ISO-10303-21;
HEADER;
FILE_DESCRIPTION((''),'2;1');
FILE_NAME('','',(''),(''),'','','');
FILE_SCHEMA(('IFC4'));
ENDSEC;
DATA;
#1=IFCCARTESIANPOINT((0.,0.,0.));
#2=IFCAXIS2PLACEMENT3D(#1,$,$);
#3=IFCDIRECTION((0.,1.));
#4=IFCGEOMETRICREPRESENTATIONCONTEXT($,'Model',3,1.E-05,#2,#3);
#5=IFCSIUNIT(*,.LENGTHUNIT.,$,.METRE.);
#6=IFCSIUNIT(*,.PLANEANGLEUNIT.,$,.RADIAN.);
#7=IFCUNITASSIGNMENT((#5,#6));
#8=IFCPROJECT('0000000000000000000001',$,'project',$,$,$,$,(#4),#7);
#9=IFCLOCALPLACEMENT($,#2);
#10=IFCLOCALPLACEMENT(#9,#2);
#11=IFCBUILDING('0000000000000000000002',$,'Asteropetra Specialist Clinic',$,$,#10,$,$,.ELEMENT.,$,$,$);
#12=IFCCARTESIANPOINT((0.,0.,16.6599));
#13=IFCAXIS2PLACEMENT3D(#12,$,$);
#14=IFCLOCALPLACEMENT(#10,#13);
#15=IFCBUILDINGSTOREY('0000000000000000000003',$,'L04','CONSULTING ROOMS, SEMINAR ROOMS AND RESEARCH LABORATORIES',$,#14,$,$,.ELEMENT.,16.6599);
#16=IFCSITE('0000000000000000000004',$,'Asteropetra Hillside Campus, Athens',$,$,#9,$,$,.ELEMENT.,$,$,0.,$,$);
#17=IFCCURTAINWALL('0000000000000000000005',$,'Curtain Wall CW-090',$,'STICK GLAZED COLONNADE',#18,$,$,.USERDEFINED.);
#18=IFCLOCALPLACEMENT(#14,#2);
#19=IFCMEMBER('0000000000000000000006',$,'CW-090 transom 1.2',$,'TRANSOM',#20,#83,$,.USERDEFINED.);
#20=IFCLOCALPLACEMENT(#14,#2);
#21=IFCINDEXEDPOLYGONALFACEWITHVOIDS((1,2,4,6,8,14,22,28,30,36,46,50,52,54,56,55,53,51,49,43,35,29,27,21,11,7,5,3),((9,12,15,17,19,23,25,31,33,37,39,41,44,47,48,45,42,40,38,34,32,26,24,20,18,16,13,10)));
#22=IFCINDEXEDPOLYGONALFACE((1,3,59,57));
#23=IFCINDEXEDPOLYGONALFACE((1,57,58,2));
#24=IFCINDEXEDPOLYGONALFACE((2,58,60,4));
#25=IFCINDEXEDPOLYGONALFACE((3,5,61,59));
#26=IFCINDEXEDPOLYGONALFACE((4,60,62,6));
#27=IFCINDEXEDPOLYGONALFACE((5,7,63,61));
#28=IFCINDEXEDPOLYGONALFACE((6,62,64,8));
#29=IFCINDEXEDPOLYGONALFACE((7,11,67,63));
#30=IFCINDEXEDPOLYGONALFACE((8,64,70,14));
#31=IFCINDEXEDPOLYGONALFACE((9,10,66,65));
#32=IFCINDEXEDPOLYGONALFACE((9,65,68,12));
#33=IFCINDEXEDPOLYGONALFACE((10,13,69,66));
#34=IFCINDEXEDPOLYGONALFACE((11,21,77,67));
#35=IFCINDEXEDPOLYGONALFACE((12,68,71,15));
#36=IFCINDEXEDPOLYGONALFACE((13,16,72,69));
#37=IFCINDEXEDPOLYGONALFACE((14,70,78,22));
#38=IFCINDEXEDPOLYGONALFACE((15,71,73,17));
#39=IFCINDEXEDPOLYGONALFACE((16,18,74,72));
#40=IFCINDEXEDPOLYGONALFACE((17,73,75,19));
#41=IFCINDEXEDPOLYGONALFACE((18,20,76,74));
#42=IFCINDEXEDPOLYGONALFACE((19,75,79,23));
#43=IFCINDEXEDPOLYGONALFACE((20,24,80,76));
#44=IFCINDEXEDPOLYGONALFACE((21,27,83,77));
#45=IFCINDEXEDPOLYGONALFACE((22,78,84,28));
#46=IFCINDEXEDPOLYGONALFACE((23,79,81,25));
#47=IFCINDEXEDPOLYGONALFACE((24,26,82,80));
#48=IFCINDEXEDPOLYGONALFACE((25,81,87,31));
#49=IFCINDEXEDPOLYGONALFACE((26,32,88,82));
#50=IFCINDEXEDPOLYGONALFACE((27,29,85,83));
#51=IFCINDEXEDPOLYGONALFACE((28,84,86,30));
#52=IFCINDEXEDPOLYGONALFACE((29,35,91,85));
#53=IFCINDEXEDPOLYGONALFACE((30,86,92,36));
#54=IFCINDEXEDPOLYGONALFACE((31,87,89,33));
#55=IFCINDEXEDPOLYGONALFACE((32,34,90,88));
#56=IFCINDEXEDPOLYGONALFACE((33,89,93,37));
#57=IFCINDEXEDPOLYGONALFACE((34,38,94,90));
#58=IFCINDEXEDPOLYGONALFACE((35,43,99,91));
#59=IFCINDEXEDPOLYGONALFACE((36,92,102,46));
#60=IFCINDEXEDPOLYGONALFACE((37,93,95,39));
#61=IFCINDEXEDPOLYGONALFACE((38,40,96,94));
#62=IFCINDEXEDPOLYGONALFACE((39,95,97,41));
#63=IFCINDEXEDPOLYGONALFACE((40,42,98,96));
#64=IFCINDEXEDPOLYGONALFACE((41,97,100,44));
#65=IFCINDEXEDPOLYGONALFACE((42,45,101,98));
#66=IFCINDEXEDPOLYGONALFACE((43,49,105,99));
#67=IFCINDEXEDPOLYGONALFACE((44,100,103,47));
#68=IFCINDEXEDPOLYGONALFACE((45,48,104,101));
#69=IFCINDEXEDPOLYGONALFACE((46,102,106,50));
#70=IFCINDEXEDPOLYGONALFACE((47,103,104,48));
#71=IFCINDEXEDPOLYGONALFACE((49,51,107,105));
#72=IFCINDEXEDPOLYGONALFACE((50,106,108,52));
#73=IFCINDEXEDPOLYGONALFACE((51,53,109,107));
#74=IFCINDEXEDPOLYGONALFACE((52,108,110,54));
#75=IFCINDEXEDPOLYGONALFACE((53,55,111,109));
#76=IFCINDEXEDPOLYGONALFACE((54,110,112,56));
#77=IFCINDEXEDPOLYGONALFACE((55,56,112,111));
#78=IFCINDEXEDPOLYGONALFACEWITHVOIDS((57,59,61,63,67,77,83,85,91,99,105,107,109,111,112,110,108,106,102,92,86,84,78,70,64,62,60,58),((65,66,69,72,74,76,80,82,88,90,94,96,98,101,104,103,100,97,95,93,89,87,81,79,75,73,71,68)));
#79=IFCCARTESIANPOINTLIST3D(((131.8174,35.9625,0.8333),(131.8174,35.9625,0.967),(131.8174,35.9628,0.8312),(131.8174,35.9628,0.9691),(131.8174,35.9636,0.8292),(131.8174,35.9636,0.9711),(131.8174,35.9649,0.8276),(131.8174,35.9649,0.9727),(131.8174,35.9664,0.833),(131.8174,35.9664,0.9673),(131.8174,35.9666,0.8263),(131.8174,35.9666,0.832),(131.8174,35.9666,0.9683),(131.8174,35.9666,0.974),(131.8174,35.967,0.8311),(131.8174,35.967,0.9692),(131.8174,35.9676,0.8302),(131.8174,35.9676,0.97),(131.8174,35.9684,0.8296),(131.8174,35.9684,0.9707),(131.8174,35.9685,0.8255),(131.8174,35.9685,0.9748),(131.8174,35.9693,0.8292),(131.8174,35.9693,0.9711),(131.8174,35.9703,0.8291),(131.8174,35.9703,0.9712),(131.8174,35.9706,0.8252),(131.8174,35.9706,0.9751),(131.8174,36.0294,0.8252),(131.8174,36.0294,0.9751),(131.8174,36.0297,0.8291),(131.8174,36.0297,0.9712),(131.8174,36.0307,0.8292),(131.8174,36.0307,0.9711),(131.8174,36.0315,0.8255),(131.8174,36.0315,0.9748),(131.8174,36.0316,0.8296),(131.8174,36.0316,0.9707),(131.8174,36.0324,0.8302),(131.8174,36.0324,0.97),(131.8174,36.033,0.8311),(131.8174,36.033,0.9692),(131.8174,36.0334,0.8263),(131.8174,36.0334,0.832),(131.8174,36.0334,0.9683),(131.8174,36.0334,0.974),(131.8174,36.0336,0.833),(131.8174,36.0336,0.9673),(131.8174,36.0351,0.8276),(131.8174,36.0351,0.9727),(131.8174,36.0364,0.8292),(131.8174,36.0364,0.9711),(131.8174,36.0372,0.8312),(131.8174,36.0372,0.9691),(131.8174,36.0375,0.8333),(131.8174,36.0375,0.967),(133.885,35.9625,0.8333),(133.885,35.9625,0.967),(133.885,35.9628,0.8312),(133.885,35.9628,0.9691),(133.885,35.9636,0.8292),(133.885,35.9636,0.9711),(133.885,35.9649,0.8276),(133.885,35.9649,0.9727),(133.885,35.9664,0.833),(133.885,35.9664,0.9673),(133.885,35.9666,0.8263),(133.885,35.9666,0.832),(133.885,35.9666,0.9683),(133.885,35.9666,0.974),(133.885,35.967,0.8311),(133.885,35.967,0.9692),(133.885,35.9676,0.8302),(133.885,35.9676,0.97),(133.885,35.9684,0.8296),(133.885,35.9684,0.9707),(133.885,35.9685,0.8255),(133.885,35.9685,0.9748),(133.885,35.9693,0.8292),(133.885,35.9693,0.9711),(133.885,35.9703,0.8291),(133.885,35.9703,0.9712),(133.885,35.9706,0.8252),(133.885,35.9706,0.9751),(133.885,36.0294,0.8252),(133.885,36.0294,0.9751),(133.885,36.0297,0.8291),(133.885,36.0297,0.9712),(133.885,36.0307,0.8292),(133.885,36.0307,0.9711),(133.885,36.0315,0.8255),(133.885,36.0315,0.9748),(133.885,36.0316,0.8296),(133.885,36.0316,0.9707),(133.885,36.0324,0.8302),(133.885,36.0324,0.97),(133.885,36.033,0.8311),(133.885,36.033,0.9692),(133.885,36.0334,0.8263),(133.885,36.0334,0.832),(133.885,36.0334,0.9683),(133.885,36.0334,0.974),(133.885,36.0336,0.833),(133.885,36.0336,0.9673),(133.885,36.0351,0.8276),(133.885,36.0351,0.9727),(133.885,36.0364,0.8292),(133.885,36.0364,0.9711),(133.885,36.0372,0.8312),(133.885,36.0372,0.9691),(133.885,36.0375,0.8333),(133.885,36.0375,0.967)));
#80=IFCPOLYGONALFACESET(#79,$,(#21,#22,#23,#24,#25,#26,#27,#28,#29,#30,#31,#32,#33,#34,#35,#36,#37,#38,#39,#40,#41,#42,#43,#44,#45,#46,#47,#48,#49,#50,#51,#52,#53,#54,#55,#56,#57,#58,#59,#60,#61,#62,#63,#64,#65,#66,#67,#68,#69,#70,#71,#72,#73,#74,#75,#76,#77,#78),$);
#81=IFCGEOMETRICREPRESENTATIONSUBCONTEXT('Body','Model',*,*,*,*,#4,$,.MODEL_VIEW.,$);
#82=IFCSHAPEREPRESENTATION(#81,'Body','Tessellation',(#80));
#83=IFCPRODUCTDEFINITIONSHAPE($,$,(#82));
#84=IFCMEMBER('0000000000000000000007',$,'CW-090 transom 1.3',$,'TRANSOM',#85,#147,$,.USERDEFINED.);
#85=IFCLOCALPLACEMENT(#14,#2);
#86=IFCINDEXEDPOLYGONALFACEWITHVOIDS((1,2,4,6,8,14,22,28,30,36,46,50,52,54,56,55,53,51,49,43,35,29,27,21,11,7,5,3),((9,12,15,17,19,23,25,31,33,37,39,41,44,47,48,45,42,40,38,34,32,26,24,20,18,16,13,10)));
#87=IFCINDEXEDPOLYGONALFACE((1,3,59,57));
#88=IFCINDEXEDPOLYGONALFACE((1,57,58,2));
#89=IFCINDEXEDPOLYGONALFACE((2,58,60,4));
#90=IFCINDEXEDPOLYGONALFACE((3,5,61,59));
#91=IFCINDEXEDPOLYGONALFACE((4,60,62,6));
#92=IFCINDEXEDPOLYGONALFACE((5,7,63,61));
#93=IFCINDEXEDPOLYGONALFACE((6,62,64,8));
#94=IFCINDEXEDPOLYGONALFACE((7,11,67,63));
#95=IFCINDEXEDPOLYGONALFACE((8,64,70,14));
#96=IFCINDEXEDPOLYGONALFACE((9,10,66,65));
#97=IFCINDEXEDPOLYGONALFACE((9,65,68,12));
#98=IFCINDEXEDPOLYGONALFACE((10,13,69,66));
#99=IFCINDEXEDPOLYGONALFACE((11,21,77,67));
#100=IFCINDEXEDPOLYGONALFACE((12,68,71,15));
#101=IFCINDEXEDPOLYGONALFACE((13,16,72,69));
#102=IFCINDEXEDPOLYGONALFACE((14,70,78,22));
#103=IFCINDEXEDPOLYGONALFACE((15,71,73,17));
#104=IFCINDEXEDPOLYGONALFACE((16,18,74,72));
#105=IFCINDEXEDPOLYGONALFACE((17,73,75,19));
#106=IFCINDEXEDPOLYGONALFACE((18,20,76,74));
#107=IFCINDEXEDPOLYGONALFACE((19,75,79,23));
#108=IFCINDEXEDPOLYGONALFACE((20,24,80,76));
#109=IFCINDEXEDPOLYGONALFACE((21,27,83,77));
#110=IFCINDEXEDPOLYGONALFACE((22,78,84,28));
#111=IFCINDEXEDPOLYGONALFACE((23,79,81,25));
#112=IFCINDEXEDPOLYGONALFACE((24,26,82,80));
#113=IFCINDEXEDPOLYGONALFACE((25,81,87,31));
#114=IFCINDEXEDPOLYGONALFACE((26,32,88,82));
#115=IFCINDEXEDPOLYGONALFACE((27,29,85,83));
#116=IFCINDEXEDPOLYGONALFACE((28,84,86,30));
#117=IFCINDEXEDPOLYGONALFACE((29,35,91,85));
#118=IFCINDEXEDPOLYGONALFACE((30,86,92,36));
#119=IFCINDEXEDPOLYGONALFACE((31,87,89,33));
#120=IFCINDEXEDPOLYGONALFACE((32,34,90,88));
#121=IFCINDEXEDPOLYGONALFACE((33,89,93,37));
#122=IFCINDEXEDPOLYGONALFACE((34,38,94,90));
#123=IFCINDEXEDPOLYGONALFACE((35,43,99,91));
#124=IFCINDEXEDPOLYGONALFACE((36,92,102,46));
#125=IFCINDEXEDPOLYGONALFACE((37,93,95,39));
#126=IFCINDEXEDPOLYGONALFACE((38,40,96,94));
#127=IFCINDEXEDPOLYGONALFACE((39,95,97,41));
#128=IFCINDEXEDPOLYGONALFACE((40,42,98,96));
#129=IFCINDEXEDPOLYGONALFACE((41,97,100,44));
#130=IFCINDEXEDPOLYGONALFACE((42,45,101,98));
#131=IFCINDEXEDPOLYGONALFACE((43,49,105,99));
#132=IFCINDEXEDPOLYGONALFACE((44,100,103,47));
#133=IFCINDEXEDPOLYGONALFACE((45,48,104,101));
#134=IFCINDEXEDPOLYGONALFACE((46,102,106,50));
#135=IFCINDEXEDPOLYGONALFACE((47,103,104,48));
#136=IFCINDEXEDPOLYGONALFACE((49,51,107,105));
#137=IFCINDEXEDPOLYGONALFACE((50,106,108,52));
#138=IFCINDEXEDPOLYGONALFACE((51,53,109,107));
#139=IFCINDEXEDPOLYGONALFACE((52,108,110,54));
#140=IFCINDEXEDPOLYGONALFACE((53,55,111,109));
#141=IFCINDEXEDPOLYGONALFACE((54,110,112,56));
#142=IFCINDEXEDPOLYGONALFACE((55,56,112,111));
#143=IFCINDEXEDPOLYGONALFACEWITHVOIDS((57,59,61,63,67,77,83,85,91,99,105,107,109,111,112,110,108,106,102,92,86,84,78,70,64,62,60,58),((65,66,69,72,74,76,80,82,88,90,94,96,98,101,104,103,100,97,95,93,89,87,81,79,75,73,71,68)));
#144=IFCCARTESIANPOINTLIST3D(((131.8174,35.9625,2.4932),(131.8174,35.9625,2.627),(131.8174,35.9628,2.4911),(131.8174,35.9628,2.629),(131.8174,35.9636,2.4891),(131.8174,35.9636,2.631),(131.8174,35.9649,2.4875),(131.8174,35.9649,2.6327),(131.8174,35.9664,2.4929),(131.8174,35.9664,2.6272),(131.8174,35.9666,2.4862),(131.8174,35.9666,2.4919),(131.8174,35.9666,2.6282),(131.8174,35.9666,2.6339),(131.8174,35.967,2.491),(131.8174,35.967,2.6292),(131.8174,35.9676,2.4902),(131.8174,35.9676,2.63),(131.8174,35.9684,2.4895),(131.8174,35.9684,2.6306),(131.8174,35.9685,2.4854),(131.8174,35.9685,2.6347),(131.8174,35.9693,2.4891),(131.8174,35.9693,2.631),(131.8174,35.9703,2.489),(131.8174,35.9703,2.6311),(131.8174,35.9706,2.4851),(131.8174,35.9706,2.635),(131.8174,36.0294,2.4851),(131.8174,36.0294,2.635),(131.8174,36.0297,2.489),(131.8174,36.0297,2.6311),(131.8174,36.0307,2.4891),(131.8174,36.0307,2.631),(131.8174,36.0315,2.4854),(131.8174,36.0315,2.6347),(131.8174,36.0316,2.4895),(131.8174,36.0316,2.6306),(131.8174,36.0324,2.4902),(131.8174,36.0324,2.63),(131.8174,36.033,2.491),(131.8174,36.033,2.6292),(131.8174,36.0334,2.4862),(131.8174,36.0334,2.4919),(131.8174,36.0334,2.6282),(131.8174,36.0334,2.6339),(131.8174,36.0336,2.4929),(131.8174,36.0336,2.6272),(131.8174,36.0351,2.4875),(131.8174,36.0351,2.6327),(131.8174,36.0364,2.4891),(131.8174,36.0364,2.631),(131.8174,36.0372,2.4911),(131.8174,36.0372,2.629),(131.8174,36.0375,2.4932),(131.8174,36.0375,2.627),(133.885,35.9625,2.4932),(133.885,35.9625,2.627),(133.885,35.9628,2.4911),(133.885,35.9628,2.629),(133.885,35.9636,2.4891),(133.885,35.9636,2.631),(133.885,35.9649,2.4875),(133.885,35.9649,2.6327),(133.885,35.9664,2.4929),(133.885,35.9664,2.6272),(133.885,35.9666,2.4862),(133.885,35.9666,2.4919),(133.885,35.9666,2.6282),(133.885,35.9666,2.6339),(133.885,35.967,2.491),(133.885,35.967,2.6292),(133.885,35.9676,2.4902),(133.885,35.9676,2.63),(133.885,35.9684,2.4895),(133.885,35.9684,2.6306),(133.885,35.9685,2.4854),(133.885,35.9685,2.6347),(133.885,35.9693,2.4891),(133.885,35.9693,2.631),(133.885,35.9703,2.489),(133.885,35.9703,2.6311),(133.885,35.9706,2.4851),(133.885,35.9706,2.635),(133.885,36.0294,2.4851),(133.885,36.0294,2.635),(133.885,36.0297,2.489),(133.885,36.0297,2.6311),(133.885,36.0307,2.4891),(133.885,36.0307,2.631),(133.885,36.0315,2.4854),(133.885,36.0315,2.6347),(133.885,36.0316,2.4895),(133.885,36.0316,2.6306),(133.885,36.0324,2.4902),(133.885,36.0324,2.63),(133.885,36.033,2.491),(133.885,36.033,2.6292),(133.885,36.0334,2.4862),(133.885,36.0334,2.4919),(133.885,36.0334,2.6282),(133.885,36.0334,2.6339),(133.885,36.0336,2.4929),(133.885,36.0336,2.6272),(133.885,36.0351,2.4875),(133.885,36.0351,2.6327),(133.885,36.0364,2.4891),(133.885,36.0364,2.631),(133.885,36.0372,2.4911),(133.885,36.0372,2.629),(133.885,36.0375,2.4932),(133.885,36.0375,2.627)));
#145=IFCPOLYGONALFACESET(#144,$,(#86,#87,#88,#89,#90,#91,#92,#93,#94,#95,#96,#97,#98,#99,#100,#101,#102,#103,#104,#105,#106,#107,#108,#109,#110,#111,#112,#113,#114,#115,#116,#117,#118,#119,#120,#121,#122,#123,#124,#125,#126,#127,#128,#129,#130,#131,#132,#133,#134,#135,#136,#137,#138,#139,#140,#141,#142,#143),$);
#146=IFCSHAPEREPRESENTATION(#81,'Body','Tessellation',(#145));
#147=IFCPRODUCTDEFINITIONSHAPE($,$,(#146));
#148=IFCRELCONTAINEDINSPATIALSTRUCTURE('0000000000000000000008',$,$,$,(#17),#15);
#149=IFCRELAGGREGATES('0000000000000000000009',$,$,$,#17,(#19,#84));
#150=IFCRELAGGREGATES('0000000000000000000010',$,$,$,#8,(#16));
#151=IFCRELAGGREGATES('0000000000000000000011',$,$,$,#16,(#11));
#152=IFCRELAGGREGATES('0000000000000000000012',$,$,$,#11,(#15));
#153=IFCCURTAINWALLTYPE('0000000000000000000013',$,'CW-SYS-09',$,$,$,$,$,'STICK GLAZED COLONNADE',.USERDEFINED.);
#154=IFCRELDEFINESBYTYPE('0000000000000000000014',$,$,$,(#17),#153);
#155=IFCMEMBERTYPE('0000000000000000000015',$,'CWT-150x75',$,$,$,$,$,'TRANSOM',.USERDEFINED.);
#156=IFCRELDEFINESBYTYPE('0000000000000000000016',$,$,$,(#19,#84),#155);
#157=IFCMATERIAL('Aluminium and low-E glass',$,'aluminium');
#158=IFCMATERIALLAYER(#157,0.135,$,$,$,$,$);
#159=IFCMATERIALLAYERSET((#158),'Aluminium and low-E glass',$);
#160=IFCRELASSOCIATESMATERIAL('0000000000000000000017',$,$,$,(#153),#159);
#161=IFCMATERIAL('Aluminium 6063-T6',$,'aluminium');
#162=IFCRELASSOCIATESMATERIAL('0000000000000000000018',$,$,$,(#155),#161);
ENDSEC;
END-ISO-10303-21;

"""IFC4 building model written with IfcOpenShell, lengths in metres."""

from ifc_helpers import new_model, si_unit, direction, frame, origin, origin_2d, place, context, subcontext, project, spatial, hollow_rectangle, extrude, material, layer, layer_set, material_profile, profile_set, type_object, element, aggregate, save


model = new_model("IFC4")

# Units and contexts
model_context = context("Model", 3, precision=1e-05, world=origin(), true_north=direction((0.0, 1.0)))
body_context = subcontext(model_context, "Body", "Model", "MODEL_VIEW")
ifc_project = project(units=[si_unit("LENGTHUNIT", "METRE"), si_unit("PLANEANGLEUNIT", "RADIAN")], contexts=[model_context])

# Site, building, storey
site_placement = place(None, origin())
site = spatial("IfcSite", under=ifc_project, at=site_placement, Name="Asteropetra Hillside Campus, Athens", CompositionType="ELEMENT", RefElevation=0.0)
building_placement = place(site_placement, origin())
building = spatial("IfcBuilding", under=site, at=building_placement, Name="Asteropetra Specialist Clinic", CompositionType="ELEMENT")
storey_placement = place(building_placement, frame((0.0, 0.0, 16.6599)))
storey = spatial("IfcBuildingStorey", under=building, at=storey_placement, Name="L04", Description="CONSULTING ROOMS, SEMINAR ROOMS AND RESEARCH LABORATORIES", CompositionType="ELEMENT", Elevation=16.6599)

# Curtain wall, members
ifc_material_1 = material(Name="Aluminium and low-E glass", Category="aluminium")
ifc_layer_1 = layer(ifc_material_1, 0.135)
ifc_layer_set_1 = layer_set([ifc_layer_1], Name="Aluminium and low-E glass")
curtain_wall_type = type_object("IfcCurtainWallType", Name="CW-SYS-09", ElementType="STICK GLAZED COLONNADE", PredefinedType="USERDEFINED", material=ifc_layer_set_1)
curtain_wall_placement = place(storey_placement, origin())
curtain_wall = element("IfcCurtainWall", 1, at=curtain_wall_placement, inside=storey, type_object=curtain_wall_type, Name="Curtain Wall CW-090", ObjectType="STICK GLAZED COLONNADE", PredefinedType="USERDEFINED")
ifc_material_2 = material(Name="Aluminium 6063-T6", Category="aluminium")
ifc_material_profile_1 = material_profile(ifc_material_2, hollow_rectangle(XDim=0.075, YDim=0.1499, WallThickness=0.0039, InnerFilletRadius=0.0039, OuterFilletRadius=0.0081, at=origin_2d()), Name="TRN 150x75x4.0")
ifc_profile_set_1 = profile_set([ifc_material_profile_1], Name="Aluminium 6063-T6")
member_type_1 = type_object("IfcMemberType", Name="CWT-150x75", ElementType="TRANSOM", PredefinedType="USERDEFINED", material=ifc_profile_set_1)
member_1_placement = place(storey_placement, frame((133.885, 36.0, 0.9001), z_axis=(-1.0, 0.0, 0.0), x_axis=(0.0, -1.0, 0.0)))
member_1 = element("IfcMember", 2, at=member_1_placement, type_object=member_type_1, Name="CW-090 transom 1.2", ObjectType="TRANSOM", PredefinedType="USERDEFINED", context=body_context, shape_type="SweptSolid", body=[
    extrude(hollow_rectangle(XDim=0.075, YDim=0.1499, WallThickness=0.0039, InnerFilletRadius=0.0039, OuterFilletRadius=0.0081, at=origin_2d()), origin(), (0.0, 0.0, 1.0), 2.0676),
])
member_2_placement = place(storey_placement, frame((133.885, 36.0, 2.5601), z_axis=(-1.0, 0.0, 0.0), x_axis=(0.0, -1.0, 0.0)))
member_2 = element("IfcMember", 3, at=member_2_placement, type_object=member_type_1, Name="CW-090 transom 1.3", ObjectType="TRANSOM", PredefinedType="USERDEFINED", context=body_context, shape_type="SweptSolid", body=[
    extrude(hollow_rectangle(XDim=0.075, YDim=0.1499, WallThickness=0.0039, InnerFilletRadius=0.0039, OuterFilletRadius=0.0081, at=origin_2d()), origin(), (0.0, 0.0, 1.0), 2.0676),
])
aggregate(curtain_wall, [member_1, member_2])

save(model, "model.ifc")
